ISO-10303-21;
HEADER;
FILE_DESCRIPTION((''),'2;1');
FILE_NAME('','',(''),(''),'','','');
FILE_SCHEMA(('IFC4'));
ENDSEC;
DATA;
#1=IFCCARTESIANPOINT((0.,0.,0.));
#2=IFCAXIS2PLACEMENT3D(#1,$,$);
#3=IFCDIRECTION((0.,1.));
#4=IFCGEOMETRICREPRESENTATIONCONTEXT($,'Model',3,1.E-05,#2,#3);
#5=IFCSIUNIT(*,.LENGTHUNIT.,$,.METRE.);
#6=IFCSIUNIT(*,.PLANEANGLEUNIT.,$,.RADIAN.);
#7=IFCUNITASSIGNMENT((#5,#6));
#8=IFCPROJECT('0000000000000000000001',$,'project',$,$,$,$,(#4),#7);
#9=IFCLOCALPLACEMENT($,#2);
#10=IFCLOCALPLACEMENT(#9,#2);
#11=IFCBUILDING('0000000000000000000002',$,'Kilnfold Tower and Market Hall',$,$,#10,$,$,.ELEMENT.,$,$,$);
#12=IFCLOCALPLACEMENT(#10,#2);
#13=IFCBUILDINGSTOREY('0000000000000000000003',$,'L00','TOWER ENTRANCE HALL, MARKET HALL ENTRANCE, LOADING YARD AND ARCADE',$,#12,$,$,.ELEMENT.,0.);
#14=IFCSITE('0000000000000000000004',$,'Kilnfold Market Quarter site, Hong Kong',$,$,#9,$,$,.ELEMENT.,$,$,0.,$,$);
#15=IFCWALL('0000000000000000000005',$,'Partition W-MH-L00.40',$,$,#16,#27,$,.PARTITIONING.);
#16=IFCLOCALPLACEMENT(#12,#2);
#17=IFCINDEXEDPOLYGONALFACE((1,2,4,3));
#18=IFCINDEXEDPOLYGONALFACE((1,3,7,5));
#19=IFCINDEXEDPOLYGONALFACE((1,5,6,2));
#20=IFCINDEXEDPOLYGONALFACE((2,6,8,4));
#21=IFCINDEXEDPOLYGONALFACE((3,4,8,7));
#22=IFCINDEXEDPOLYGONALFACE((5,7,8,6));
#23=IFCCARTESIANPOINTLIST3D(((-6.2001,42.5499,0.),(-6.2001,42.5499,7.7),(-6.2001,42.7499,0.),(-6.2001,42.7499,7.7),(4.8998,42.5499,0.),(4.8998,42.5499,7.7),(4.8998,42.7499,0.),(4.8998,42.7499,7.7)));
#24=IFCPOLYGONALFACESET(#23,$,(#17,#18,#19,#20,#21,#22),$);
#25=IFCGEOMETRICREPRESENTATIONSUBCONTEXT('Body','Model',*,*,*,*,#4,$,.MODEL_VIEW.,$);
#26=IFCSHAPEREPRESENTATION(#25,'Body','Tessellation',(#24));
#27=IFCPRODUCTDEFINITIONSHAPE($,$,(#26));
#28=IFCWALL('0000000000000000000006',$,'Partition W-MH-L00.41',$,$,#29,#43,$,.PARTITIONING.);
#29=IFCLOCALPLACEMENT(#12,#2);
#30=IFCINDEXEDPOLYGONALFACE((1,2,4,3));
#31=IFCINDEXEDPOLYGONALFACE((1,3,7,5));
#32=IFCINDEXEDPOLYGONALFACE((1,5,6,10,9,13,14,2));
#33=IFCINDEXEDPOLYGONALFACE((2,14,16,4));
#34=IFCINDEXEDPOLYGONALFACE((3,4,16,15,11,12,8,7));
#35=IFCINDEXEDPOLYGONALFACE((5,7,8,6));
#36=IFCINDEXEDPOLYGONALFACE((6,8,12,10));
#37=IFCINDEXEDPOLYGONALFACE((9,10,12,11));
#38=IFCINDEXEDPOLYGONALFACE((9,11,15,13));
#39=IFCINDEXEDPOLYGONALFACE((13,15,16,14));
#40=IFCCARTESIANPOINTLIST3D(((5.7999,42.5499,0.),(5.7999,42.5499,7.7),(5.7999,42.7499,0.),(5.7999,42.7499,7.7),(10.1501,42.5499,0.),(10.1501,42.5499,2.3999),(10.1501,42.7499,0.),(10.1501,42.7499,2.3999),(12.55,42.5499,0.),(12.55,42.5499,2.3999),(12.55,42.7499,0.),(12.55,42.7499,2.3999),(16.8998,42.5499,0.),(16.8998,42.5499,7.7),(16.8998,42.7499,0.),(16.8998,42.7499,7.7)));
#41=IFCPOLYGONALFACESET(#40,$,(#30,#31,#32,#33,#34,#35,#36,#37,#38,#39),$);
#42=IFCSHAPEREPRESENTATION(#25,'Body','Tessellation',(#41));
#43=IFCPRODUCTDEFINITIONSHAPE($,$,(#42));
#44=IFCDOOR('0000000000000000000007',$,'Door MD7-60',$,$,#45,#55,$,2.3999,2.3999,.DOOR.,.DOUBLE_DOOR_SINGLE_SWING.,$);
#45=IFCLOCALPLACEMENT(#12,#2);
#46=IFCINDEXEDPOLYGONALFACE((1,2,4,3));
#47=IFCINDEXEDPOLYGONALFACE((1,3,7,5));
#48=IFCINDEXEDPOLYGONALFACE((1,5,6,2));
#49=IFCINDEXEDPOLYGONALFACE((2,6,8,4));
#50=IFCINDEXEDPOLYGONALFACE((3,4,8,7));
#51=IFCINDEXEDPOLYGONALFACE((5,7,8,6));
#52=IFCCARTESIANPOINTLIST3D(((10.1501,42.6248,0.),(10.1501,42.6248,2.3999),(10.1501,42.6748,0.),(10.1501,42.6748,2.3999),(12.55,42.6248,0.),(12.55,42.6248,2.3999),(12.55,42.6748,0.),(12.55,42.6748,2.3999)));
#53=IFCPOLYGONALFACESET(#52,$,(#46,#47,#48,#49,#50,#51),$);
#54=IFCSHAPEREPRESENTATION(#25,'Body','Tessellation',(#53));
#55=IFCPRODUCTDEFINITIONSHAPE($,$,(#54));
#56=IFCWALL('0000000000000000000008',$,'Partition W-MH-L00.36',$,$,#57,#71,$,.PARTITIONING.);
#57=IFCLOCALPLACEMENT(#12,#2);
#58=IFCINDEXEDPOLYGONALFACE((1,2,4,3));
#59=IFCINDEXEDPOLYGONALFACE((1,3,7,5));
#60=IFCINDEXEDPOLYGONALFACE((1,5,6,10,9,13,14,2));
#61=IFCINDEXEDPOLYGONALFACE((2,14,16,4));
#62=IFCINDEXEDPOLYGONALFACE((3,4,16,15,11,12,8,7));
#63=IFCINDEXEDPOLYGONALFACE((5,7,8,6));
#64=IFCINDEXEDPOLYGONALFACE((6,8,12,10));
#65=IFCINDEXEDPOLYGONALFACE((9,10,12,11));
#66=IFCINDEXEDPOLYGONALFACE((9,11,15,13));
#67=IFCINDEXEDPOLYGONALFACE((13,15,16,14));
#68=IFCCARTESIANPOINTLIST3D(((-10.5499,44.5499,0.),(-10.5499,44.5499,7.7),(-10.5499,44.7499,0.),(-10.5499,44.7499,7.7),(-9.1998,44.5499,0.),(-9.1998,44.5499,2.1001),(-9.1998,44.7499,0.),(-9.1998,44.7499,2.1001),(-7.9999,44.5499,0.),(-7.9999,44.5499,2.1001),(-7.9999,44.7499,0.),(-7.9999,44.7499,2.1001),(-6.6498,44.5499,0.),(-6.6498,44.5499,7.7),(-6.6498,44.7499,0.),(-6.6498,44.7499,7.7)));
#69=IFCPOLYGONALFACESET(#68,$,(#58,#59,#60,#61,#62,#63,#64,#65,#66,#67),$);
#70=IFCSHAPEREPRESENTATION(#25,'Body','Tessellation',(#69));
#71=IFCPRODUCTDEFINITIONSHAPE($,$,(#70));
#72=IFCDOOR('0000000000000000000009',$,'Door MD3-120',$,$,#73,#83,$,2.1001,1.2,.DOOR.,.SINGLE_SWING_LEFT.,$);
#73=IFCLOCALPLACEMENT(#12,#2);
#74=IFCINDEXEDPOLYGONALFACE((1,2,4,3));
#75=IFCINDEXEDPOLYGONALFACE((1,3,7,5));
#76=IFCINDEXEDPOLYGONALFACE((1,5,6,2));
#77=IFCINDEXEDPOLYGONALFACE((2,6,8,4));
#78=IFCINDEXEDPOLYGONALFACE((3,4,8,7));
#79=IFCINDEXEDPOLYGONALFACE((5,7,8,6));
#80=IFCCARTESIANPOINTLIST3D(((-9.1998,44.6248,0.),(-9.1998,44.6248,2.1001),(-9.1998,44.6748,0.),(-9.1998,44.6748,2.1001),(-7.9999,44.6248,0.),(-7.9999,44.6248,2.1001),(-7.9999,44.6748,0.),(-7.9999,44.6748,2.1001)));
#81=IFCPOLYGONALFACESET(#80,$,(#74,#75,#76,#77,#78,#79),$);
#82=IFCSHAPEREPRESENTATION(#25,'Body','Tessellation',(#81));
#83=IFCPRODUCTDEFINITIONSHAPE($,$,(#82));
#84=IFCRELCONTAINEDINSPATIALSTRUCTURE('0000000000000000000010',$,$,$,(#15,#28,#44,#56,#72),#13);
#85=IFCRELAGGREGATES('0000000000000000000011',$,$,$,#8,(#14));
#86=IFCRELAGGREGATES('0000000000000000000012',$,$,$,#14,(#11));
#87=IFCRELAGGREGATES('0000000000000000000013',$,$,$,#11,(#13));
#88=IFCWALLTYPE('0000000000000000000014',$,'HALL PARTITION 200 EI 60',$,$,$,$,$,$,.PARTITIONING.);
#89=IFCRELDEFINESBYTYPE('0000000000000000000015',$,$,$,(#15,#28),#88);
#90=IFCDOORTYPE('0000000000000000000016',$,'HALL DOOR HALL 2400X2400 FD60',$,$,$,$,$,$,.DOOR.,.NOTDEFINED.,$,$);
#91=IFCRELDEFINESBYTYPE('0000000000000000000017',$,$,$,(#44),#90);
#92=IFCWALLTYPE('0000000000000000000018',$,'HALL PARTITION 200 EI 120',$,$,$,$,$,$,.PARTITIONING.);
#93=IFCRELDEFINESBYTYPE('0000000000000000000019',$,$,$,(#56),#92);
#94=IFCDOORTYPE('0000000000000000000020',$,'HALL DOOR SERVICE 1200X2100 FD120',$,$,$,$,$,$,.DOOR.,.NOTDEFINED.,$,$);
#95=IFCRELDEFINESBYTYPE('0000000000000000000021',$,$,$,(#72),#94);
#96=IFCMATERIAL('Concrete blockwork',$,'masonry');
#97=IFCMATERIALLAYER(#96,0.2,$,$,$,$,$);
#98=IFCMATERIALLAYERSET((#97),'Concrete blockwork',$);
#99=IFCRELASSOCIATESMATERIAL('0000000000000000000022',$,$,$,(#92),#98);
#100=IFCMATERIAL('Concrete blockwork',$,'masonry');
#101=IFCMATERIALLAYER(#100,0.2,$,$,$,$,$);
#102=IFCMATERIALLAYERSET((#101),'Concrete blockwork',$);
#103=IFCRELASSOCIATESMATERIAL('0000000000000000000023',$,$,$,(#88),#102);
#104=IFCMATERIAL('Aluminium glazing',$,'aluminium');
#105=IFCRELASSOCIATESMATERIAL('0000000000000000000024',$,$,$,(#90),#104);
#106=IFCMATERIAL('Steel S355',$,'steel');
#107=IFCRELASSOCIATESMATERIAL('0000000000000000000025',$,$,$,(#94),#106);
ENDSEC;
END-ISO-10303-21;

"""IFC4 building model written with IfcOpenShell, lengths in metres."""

from ifc_helpers import new_model, si_unit, direction, frame, frame_2d, origin, place, context, subcontext, project, spatial, rectangle, extrude, source, transform, mapped, material, layer, layer_set, type_object, element, fill, save


model = new_model("IFC4")

# Units and contexts
model_context = context("Model", 3, precision=1e-05, world=origin(), true_north=direction((0.0, 1.0)))
body_context = subcontext(model_context, "Body", "Model", "MODEL_VIEW")
ifc_project = project(units=[si_unit("LENGTHUNIT", "METRE"), si_unit("PLANEANGLEUNIT", "RADIAN")], contexts=[model_context])

# Site, building, storey
site_placement = place(None, origin())
site = spatial("IfcSite", under=ifc_project, at=site_placement, Name="Kilnfold Market Quarter site, Hong Kong", CompositionType="ELEMENT", RefElevation=0.0)
building_placement = place(site_placement, origin())
building = spatial("IfcBuilding", under=site, at=building_placement, Name="Kilnfold Tower and Market Hall", CompositionType="ELEMENT")
storey_placement = place(building_placement, origin())
storey = spatial("IfcBuildingStorey", under=building, at=storey_placement, Name="L00", Description="TOWER ENTRANCE HALL, MARKET HALL ENTRANCE, LOADING YARD AND ARCADE", CompositionType="ELEMENT", Elevation=0.0)

# Wall
ifc_material_1 = material(Name="Concrete blockwork", Category="masonry")
ifc_layer_1 = layer(ifc_material_1, 0.2)
ifc_layer_set_1 = layer_set([ifc_layer_1], Name="Concrete blockwork")
wall_type_1 = type_object("IfcWallType", Name="HALL PARTITION 200 EI 120", PredefinedType="PARTITIONING", material=ifc_layer_set_1)
ifc_material_2 = material(Name="Concrete blockwork", Category="masonry")
ifc_layer_2 = layer(ifc_material_2, 0.2)
ifc_layer_set_2 = layer_set([ifc_layer_2], Name="Concrete blockwork")
wall_type_2 = type_object("IfcWallType", Name="HALL PARTITION 200 EI 60", PredefinedType="PARTITIONING", material=ifc_layer_set_2)
shared_shape_1 = source(origin(), body_context, "Body", "SweptSolid", [
    extrude(rectangle(XDim=11.0999, YDim=0.2, at=frame_2d((5.5498, 0.0))), origin(), (0.0, 0.0, 1.0), 7.7),
])
wall_1_placement = place(storey_placement, frame((-6.2, 42.6499, 0.0), z_axis=(0.0, 0.0, 1.0), x_axis=(1.0, 0.0, 0.0)))
element("IfcWall", 1, at=wall_1_placement, inside=storey, type_object=wall_type_2, Name="Partition W-MH-L00.40", PredefinedType="PARTITIONING", context=body_context, shape_type="MappedRepresentation", body=[
    mapped(shared_shape_1, transform((0.0, 0.0, 0.0))),
])

# Walls, openings, doors
wall_2_placement = place(storey_placement, frame((5.8, 42.6499, 0.0), z_axis=(0.0, 0.0, 1.0), x_axis=(1.0, 0.0, 0.0)))
wall_2 = element("IfcWall", 2, at=wall_2_placement, inside=storey, type_object=wall_type_2, Name="Partition W-MH-L00.41", PredefinedType="PARTITIONING", context=body_context, shape_type="MappedRepresentation", body=[
    mapped(shared_shape_1, transform((0.0, 0.0, 0.0))),
])
opening_1_placement = place(wall_2_placement, frame((4.3501, 0.0, 0.0)))
opening_1 = element("IfcOpeningElement", 3, at=opening_1_placement, cuts=wall_2, PredefinedType="OPENING", context=body_context, shape_type="SweptSolid", body=[
    extrude(rectangle(XDim=2.3999, YDim=2.3999, at=frame_2d((1.2, 1.2))), frame((0.0, 0.1099, 0.0), z_axis=(0.0, -1.0, 0.0), x_axis=(1.0, 0.0, 0.0)), (0.0, 0.0, 1.0), 0.22),
])
ifc_material_3 = material(Name="Aluminium glazing", Category="aluminium")
door_type_1 = type_object("IfcDoorType", Name="HALL DOOR HALL 2400X2400 FD60", OperationType="NOTDEFINED", PredefinedType="DOOR", material=ifc_material_3)
door_1_placement = place(opening_1_placement, origin())
door_1 = element("IfcDoor", 4, at=door_1_placement, inside=storey, type_object=door_type_1, Name="Door MD7-60", OperationType="DOUBLE_DOOR_SINGLE_SWING", OverallHeight=2.3999, OverallWidth=2.3999, PredefinedType="DOOR", context=body_context, shape_type="SweptSolid", body=[
    extrude(rectangle(XDim=2.3999, YDim=2.3999, at=frame_2d((1.2, 1.2))), frame((0.0, 0.0249, 0.0), z_axis=(0.0, -1.0, 0.0), x_axis=(1.0, 0.0, 0.0)), (0.0, 0.0, 1.0), 0.05),
])
fill(opening_1, door_1)
shared_shape_2 = source(origin(), body_context, "Body", "SweptSolid", [
    extrude(rectangle(XDim=3.9001, YDim=0.2, at=frame_2d((1.9502, 0.0))), origin(), (0.0, 0.0, 1.0), 7.7),
])
wall_3_placement = place(storey_placement, frame((-10.55, 44.6499, 0.0), z_axis=(0.0, 0.0, 1.0), x_axis=(1.0, 0.0, 0.0)))
wall_3 = element("IfcWall", 5, at=wall_3_placement, inside=storey, type_object=wall_type_1, Name="Partition W-MH-L00.36", PredefinedType="PARTITIONING", context=body_context, shape_type="MappedRepresentation", body=[
    mapped(shared_shape_2, transform((0.0, 0.0, 0.0))),
])
opening_2_placement = place(wall_3_placement, frame((1.3501, 0.0, 0.0)))
opening_2 = element("IfcOpeningElement", 6, at=opening_2_placement, cuts=wall_3, PredefinedType="OPENING", context=body_context, shape_type="SweptSolid", body=[
    extrude(rectangle(XDim=1.2, YDim=2.1001, at=frame_2d((0.6001, 1.05))), frame((0.0, 0.1099, 0.0), z_axis=(0.0, -1.0, 0.0), x_axis=(1.0, 0.0, 0.0)), (0.0, 0.0, 1.0), 0.22),
])
ifc_material_4 = material(Name="Steel S355", Category="steel")
door_type_2 = type_object("IfcDoorType", Name="HALL DOOR SERVICE 1200X2100 FD120", OperationType="NOTDEFINED", PredefinedType="DOOR", material=ifc_material_4)
door_2_placement = place(opening_2_placement, origin())
door_2 = element("IfcDoor", 7, at=door_2_placement, inside=storey, type_object=door_type_2, Name="Door MD3-120", OperationType="SINGLE_SWING_LEFT", OverallHeight=2.1001, OverallWidth=1.2, PredefinedType="DOOR", context=body_context, shape_type="SweptSolid", body=[
    extrude(rectangle(XDim=1.2, YDim=2.1001, at=frame_2d((0.6001, 1.05))), frame((0.0, 0.0249, 0.0), z_axis=(0.0, -1.0, 0.0), x_axis=(1.0, 0.0, 0.0)), (0.0, 0.0, 1.0), 0.05),
])
fill(opening_2, door_2)

save(model, "model.ifc")
